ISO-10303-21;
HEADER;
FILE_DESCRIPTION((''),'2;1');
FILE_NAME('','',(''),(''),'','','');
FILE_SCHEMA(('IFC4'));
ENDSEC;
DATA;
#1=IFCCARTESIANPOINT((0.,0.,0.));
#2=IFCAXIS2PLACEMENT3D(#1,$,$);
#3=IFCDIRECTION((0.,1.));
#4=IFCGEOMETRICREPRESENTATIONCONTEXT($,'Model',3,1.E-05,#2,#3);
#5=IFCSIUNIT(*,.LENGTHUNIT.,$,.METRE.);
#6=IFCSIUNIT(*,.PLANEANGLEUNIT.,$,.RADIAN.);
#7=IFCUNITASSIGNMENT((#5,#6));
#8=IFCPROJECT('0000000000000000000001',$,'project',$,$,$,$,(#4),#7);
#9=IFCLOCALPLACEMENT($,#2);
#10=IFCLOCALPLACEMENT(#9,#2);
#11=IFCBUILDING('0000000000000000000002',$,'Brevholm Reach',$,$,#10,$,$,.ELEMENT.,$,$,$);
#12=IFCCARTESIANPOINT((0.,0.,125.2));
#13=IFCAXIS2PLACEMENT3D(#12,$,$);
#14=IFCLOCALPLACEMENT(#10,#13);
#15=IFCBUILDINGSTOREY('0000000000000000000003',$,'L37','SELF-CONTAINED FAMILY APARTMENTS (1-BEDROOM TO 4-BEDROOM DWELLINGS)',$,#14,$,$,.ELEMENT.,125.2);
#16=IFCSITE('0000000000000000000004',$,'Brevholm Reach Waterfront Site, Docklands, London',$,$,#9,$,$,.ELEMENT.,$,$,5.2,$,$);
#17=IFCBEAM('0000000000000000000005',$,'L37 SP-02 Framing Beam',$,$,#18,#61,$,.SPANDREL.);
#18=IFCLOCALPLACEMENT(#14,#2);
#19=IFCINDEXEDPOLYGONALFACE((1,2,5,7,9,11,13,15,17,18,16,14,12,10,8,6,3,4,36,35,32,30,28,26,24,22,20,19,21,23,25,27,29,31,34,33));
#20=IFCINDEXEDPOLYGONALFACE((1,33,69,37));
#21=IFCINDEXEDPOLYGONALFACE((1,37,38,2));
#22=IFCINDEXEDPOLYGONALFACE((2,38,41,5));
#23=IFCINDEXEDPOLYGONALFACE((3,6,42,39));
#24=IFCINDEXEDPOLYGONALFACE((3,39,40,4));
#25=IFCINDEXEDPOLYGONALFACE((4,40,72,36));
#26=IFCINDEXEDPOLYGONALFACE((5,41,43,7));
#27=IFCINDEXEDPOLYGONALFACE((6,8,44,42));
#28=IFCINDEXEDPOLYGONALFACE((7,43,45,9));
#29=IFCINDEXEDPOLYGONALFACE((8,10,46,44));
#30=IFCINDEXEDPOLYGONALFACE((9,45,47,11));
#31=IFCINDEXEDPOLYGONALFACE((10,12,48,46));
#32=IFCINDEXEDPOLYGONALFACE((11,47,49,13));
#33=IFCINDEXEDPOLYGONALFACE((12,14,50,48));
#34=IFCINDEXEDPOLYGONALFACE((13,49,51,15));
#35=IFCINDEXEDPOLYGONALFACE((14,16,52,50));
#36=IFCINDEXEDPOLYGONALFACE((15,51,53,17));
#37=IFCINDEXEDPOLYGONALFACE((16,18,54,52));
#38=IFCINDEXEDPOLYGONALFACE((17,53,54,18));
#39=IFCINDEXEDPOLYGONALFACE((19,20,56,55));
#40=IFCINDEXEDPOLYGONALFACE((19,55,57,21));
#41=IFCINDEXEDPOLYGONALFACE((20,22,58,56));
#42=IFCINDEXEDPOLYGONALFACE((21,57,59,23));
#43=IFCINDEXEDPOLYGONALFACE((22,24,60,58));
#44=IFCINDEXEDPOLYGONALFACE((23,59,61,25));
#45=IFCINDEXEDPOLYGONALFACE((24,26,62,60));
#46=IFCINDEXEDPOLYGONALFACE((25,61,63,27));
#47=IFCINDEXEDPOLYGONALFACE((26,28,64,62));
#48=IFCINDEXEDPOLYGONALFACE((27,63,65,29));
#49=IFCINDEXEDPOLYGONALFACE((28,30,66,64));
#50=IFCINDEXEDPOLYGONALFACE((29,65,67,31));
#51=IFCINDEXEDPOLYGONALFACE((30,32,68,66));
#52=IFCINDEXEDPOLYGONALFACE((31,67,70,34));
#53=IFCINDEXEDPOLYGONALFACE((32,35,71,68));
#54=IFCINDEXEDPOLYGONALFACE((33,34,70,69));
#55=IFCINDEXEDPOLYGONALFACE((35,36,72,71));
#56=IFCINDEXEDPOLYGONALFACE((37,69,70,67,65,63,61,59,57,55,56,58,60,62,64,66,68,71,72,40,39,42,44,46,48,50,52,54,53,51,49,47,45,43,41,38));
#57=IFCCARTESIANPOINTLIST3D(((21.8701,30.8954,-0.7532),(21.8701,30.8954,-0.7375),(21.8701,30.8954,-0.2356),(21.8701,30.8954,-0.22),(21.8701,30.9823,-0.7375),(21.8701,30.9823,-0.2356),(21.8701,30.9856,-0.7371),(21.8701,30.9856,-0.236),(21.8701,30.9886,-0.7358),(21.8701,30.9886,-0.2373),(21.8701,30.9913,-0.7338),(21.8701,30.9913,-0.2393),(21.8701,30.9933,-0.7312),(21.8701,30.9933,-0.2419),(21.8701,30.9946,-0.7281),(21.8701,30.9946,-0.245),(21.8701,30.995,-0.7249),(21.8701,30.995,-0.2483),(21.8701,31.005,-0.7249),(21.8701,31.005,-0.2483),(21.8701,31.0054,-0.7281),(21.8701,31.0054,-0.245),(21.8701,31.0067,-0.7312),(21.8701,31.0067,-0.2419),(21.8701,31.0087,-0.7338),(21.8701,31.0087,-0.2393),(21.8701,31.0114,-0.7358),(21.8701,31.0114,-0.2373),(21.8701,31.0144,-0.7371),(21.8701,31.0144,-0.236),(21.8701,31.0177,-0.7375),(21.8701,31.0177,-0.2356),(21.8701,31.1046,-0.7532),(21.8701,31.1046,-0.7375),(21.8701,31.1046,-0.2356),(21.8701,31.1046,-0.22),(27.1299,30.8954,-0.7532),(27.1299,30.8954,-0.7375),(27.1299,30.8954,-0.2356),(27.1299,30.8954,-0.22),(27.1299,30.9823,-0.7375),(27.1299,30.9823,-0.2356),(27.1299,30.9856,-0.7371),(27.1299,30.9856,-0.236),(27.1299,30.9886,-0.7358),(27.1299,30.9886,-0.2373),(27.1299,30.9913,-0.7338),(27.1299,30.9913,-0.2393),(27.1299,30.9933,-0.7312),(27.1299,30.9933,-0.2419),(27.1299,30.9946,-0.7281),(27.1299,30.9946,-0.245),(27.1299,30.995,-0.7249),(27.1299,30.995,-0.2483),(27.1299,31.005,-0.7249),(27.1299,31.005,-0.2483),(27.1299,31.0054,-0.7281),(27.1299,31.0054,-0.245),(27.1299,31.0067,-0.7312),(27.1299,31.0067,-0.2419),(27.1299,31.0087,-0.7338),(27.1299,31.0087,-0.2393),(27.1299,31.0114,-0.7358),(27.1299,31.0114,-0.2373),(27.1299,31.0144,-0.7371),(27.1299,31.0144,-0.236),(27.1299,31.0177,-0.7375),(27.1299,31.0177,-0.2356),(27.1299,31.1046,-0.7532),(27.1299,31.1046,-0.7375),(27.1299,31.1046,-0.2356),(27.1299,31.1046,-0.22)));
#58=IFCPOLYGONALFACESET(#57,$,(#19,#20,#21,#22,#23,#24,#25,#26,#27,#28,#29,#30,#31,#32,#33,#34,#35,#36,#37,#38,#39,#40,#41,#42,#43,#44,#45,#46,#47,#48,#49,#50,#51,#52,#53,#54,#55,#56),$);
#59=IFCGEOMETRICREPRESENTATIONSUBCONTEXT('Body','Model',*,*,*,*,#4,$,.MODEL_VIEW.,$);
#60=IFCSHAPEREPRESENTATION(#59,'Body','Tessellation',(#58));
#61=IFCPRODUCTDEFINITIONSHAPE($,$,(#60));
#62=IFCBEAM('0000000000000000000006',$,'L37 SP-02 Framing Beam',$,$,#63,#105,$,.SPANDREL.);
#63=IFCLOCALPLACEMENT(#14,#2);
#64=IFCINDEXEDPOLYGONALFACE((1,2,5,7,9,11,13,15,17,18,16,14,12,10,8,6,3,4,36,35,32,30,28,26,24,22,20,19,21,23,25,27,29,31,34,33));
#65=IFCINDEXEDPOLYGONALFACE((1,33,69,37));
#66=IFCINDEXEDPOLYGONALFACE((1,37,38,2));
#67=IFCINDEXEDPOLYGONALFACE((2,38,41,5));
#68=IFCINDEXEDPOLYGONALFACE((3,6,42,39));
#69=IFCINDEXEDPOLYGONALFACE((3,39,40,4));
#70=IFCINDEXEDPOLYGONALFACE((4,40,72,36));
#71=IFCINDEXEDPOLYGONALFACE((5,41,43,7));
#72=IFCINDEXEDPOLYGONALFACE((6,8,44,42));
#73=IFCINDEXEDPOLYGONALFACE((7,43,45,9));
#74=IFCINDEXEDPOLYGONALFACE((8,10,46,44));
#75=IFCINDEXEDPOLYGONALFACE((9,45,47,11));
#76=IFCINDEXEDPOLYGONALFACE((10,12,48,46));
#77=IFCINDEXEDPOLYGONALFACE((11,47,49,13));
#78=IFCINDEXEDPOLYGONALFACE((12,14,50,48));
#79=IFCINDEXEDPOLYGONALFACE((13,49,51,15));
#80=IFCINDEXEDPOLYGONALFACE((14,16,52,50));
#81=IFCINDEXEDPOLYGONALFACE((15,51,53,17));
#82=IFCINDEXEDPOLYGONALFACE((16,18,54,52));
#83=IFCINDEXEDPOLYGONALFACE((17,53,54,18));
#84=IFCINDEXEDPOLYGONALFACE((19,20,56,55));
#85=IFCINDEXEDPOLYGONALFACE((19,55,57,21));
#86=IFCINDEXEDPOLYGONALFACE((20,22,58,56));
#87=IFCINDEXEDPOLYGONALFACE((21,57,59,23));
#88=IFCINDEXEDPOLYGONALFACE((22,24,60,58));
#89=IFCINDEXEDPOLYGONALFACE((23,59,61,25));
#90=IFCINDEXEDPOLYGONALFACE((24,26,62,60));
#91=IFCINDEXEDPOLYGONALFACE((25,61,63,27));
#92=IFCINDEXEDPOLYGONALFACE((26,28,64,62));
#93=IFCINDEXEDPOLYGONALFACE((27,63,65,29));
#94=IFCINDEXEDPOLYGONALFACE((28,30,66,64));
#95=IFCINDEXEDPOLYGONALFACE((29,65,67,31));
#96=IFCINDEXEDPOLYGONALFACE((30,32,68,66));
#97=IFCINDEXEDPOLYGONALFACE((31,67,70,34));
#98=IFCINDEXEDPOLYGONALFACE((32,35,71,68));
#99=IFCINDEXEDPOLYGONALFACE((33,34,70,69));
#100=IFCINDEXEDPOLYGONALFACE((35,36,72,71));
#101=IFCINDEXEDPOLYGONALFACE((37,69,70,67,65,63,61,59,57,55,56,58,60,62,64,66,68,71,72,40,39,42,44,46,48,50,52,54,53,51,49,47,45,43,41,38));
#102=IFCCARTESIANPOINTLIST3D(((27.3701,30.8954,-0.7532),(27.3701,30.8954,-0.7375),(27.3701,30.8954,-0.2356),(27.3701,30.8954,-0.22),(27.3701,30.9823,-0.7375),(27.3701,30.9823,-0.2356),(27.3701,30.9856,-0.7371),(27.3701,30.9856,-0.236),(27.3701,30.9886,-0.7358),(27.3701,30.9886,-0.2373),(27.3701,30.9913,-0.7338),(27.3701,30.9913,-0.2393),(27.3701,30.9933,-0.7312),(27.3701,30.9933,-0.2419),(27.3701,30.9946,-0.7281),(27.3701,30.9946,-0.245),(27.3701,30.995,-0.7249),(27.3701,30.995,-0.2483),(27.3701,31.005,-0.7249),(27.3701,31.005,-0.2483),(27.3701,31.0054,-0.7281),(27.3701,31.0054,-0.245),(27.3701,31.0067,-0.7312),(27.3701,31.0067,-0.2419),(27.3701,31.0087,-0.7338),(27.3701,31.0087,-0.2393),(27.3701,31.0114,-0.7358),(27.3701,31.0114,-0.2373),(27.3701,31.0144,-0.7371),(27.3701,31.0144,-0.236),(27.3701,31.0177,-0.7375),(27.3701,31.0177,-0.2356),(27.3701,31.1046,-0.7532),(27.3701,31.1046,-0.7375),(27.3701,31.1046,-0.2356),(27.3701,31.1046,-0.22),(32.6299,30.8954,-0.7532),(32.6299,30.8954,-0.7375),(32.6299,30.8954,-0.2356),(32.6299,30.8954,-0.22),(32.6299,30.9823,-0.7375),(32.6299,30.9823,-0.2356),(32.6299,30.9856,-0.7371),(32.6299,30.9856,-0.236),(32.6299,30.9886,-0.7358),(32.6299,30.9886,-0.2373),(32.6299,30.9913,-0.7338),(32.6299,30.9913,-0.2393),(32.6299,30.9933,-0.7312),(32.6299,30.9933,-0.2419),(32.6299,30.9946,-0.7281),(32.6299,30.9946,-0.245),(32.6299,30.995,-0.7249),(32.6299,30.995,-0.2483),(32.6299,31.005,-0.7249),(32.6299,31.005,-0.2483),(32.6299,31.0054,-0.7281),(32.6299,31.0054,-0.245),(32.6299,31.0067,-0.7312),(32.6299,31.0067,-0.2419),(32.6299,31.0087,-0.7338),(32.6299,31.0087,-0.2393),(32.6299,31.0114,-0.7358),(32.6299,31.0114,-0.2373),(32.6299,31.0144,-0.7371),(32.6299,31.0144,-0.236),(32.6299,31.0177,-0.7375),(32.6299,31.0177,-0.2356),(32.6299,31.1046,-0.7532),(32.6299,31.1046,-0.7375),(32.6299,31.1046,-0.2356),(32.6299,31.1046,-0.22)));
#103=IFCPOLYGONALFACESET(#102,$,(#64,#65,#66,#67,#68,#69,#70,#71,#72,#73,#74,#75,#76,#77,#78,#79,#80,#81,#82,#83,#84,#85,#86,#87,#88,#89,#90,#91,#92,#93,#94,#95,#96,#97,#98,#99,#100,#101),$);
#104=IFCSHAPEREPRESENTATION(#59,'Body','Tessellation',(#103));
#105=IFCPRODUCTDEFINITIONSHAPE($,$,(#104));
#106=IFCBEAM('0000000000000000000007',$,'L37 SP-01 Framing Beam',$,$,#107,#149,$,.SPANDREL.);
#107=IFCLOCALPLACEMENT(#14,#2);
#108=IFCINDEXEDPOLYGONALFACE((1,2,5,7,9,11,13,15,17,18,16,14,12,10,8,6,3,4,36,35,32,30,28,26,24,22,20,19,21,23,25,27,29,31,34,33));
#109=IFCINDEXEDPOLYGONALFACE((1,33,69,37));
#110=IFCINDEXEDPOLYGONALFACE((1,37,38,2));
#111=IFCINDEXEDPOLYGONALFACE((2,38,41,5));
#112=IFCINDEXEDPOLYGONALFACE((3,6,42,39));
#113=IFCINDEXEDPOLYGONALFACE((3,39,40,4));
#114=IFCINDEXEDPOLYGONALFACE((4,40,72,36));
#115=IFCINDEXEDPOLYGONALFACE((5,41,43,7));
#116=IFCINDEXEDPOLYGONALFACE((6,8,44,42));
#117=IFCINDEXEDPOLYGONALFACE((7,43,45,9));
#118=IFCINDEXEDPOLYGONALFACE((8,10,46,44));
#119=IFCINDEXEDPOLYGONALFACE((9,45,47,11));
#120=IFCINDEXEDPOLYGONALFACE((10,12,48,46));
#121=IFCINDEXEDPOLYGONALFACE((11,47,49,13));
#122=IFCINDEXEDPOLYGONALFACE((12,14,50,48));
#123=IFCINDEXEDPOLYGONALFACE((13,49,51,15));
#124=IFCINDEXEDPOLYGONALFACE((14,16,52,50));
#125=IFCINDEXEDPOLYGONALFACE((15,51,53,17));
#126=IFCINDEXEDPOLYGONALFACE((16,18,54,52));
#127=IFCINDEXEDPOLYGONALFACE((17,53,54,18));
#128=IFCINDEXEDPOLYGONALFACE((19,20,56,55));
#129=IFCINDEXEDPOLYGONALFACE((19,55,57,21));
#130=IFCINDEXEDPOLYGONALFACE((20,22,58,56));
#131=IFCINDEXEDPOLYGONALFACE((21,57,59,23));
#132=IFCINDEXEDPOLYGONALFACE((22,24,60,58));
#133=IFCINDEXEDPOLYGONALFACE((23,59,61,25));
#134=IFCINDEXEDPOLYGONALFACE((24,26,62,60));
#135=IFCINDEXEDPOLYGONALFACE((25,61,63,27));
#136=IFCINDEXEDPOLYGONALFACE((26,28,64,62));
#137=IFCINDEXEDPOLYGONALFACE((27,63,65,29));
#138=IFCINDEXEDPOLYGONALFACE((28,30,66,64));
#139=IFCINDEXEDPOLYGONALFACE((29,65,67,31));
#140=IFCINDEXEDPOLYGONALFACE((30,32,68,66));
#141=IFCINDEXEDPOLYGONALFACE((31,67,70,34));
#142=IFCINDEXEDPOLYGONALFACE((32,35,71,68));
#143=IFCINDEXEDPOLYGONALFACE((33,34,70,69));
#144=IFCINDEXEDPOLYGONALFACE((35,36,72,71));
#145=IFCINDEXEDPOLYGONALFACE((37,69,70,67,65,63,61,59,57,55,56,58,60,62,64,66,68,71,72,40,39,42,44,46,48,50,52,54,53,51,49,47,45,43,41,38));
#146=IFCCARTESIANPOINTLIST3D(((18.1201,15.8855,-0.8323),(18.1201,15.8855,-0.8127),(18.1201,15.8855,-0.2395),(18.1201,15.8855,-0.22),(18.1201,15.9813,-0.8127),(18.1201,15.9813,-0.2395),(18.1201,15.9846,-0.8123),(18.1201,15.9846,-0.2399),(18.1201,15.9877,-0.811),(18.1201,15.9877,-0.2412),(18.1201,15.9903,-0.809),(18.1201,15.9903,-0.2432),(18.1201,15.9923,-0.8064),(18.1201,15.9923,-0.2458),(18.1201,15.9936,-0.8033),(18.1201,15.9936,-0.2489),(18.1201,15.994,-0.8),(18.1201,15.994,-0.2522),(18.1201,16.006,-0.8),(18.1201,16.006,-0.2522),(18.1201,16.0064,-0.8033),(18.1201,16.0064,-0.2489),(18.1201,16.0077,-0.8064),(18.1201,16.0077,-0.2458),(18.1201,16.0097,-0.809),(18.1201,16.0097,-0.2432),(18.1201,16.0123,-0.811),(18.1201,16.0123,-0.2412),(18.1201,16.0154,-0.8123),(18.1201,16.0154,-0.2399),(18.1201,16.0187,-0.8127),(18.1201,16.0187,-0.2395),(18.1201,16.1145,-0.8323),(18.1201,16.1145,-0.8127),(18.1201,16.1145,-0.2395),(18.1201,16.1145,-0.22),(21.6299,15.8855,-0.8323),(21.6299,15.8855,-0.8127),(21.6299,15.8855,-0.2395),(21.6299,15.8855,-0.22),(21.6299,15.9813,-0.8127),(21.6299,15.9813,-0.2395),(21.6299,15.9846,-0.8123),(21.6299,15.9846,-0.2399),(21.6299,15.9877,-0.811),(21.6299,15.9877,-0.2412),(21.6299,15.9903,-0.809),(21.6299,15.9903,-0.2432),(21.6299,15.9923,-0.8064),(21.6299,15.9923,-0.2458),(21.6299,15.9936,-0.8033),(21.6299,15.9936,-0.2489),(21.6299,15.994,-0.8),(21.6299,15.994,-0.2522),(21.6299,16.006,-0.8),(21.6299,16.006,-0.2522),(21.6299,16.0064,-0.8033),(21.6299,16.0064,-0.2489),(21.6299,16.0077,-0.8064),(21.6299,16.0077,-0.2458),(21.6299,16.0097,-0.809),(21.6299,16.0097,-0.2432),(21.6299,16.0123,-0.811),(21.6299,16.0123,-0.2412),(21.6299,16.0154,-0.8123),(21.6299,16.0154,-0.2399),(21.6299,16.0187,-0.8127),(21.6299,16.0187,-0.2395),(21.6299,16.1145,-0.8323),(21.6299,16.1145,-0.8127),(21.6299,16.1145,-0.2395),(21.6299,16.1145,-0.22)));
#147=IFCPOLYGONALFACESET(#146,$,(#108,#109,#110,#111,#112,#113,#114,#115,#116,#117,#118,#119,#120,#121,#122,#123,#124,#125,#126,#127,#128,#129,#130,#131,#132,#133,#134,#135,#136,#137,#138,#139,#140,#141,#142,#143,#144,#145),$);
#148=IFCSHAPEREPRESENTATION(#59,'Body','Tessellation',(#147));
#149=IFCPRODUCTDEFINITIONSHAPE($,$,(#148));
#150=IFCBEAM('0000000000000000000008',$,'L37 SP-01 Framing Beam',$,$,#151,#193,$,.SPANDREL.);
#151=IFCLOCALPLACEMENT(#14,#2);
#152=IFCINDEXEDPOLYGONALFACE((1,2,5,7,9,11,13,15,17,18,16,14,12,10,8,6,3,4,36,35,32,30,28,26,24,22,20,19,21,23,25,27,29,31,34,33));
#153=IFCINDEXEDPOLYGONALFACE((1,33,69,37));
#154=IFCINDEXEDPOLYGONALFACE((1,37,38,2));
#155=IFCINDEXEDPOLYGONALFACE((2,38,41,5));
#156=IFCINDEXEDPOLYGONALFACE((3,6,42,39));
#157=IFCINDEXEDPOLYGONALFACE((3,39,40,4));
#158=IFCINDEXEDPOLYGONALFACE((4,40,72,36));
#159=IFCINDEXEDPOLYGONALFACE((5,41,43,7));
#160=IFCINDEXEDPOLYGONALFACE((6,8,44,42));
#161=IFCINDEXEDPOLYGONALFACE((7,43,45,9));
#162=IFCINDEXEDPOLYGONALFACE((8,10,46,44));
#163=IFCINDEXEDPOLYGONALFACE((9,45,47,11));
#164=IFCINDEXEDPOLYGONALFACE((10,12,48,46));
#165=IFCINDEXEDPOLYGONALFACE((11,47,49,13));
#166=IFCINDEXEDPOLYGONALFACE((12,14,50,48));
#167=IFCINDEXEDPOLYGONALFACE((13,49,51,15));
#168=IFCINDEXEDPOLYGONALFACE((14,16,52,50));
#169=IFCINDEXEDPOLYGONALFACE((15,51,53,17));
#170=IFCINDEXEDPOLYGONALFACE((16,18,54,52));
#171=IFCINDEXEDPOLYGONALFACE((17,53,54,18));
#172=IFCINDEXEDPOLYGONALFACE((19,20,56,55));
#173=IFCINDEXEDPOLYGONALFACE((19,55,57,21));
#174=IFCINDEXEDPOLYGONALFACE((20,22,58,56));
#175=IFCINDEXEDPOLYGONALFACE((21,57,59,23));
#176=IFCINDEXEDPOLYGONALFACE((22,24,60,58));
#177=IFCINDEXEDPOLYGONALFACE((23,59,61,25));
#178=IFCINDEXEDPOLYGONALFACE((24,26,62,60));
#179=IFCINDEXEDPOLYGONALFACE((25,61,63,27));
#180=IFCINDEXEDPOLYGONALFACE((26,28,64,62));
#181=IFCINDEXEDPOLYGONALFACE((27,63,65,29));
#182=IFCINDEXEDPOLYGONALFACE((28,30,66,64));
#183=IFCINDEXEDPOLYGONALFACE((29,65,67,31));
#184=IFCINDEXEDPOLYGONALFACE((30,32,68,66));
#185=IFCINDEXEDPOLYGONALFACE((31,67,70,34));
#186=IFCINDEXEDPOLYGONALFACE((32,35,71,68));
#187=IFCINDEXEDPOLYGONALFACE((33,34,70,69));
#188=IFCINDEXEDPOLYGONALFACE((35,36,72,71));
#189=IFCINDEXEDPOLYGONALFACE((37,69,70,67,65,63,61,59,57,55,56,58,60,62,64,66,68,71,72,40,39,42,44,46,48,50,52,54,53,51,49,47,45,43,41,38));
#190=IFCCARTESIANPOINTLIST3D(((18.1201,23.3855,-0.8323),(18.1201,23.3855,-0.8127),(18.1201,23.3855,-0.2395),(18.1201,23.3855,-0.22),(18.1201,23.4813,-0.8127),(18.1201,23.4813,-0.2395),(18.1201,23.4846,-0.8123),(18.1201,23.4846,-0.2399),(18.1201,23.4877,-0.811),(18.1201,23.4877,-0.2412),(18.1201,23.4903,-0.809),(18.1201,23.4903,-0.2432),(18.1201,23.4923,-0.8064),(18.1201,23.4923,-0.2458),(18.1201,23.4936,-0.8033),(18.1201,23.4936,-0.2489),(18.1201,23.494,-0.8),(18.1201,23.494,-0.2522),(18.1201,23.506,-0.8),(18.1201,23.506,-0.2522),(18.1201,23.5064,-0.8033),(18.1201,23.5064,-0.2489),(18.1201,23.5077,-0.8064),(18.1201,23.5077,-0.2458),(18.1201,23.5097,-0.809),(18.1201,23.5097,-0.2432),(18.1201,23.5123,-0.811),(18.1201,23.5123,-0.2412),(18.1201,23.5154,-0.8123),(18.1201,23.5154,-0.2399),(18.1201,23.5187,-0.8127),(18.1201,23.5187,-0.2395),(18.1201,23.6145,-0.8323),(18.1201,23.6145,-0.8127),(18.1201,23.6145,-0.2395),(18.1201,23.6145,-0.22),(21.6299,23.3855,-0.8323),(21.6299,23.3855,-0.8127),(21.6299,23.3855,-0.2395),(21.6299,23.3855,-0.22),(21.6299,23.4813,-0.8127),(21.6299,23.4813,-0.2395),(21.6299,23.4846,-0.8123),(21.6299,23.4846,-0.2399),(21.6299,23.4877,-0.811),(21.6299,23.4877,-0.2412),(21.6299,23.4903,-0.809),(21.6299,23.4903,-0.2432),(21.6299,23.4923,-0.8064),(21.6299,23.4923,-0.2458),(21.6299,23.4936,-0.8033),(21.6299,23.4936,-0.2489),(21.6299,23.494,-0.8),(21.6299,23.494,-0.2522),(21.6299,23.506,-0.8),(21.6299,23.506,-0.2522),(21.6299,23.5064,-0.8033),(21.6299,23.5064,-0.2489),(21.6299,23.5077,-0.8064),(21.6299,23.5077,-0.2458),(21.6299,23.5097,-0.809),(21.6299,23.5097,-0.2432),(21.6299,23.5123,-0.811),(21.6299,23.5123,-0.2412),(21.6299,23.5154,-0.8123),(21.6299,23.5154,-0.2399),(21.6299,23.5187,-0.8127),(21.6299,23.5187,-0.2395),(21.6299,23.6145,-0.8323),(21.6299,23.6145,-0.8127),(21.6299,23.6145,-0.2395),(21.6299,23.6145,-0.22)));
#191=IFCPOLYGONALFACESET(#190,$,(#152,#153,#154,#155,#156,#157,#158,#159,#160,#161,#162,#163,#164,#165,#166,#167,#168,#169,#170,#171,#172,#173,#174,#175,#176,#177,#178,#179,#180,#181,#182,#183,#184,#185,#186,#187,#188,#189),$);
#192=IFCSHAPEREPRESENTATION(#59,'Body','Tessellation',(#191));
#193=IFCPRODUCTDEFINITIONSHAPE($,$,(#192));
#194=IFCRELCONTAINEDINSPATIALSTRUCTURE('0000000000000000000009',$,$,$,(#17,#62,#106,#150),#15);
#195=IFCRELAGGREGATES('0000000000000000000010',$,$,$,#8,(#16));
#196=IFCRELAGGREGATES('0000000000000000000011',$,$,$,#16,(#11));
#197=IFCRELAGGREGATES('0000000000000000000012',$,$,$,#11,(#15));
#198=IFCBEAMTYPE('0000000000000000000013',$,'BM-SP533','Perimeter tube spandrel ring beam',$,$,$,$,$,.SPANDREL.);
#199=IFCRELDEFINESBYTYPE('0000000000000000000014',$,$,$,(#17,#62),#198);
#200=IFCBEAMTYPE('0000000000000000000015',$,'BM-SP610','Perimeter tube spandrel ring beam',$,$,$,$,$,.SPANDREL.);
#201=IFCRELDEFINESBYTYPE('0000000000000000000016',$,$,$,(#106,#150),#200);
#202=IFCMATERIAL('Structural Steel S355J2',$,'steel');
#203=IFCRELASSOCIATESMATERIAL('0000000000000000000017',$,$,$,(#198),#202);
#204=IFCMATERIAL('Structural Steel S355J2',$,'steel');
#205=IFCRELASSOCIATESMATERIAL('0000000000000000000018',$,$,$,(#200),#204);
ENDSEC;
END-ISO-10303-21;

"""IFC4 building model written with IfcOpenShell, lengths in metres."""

from ifc_helpers import new_model, si_unit, direction, frame, origin, origin_2d, place, context, subcontext, project, spatial, i_section, extrude, material, material_profile, profile_set, type_object, element, save


model = new_model("IFC4")

# Units and contexts
model_context = context("Model", 3, precision=1e-05, world=origin(), true_north=direction((0.0, 1.0)))
body_context = subcontext(model_context, "Body", "Model", "MODEL_VIEW")
ifc_project = project(units=[si_unit("LENGTHUNIT", "METRE"), si_unit("PLANEANGLEUNIT", "RADIAN")], contexts=[model_context])

# Site, building, storey
site_placement = place(None, origin())
site = spatial("IfcSite", under=ifc_project, at=site_placement, Name="Brevholm Reach Waterfront Site, Docklands, London", CompositionType="ELEMENT", RefElevation=5.2)
building_placement = place(site_placement, origin())
building = spatial("IfcBuilding", under=site, at=building_placement, Name="Brevholm Reach", CompositionType="ELEMENT")
storey_placement = place(building_placement, frame((0.0, 0.0, 125.2)))
storey = spatial("IfcBuildingStorey", under=building, at=storey_placement, Name="L37", Description="SELF-CONTAINED FAMILY APARTMENTS (1-BEDROOM TO 4-BEDROOM DWELLINGS)", CompositionType="ELEMENT", Elevation=125.2)

# Beams
ifc_material_1 = material(Name="Structural Steel S355J2", Category="steel")
ifc_material_profile_1 = material_profile(ifc_material_1, i_section(OverallWidth=0.2092, OverallDepth=0.5332, WebThickness=0.01, FlangeThickness=0.0156, FilletRadius=0.0127, at=origin_2d()), Name="UKB 533x210x92")
ifc_profile_set_1 = profile_set([ifc_material_profile_1], Name="Structural Steel S355J2")
beam_type_1 = type_object("IfcBeamType", Name="BM-SP533", Description="Perimeter tube spandrel ring beam", PredefinedType="SPANDREL", material=ifc_profile_set_1)
for number, where, z_axis, x_axis, name in (
    (1, (21.8701, 31.0, -0.4866), (1.0, 0.0, 0.0), (0.0, 1.0, 0.0), "L37 SP-02 Framing Beam"),
    (2, (27.3701, 31.0, -0.4866), (1.0, 0.0, 0.0), (0.0, 1.0, 0.0), "L37 SP-02 Framing Beam"),
):
    element("IfcBeam", number, at=place(storey_placement, frame(where, z_axis=z_axis, x_axis=x_axis)), inside=storey, type_object=beam_type_1, Name=name, PredefinedType="SPANDREL", context=body_context, shape_type="SweptSolid", body=[
        extrude(i_section(OverallWidth=0.2092, OverallDepth=0.5332, WebThickness=0.01, FlangeThickness=0.0156, FilletRadius=0.0127, at=origin_2d()), origin(), (0.0, 0.0, 1.0), 5.2598),
    ])
ifc_material_2 = material(Name="Structural Steel S355J2", Category="steel")
ifc_material_profile_2 = material_profile(ifc_material_2, i_section(OverallWidth=0.229, OverallDepth=0.6123, WebThickness=0.012, FlangeThickness=0.0195, FilletRadius=0.0127, at=origin_2d()), Name="UKB 610x229x125")
ifc_profile_set_2 = profile_set([ifc_material_profile_2], Name="Structural Steel S355J2")
beam_type_2 = type_object("IfcBeamType", Name="BM-SP610", Description="Perimeter tube spandrel ring beam", PredefinedType="SPANDREL", material=ifc_profile_set_2)
for number, where, z_axis, x_axis, name in (
    (3, (18.1201, 16.0, -0.5261), (1.0, 0.0, 0.0), (0.0, 1.0, 0.0), "L37 SP-01 Framing Beam"),
    (4, (18.1201, 23.5, -0.5261), (1.0, 0.0, 0.0), (0.0, 1.0, 0.0), "L37 SP-01 Framing Beam"),
):
    element("IfcBeam", number, at=place(storey_placement, frame(where, z_axis=z_axis, x_axis=x_axis)), inside=storey, type_object=beam_type_2, Name=name, PredefinedType="SPANDREL", context=body_context, shape_type="SweptSolid", body=[
        extrude(i_section(OverallWidth=0.229, OverallDepth=0.6123, WebThickness=0.012, FlangeThickness=0.0195, FilletRadius=0.0127, at=origin_2d()), origin(), (0.0, 0.0, 1.0), 3.5098),
    ])

save(model, "model.ifc")
